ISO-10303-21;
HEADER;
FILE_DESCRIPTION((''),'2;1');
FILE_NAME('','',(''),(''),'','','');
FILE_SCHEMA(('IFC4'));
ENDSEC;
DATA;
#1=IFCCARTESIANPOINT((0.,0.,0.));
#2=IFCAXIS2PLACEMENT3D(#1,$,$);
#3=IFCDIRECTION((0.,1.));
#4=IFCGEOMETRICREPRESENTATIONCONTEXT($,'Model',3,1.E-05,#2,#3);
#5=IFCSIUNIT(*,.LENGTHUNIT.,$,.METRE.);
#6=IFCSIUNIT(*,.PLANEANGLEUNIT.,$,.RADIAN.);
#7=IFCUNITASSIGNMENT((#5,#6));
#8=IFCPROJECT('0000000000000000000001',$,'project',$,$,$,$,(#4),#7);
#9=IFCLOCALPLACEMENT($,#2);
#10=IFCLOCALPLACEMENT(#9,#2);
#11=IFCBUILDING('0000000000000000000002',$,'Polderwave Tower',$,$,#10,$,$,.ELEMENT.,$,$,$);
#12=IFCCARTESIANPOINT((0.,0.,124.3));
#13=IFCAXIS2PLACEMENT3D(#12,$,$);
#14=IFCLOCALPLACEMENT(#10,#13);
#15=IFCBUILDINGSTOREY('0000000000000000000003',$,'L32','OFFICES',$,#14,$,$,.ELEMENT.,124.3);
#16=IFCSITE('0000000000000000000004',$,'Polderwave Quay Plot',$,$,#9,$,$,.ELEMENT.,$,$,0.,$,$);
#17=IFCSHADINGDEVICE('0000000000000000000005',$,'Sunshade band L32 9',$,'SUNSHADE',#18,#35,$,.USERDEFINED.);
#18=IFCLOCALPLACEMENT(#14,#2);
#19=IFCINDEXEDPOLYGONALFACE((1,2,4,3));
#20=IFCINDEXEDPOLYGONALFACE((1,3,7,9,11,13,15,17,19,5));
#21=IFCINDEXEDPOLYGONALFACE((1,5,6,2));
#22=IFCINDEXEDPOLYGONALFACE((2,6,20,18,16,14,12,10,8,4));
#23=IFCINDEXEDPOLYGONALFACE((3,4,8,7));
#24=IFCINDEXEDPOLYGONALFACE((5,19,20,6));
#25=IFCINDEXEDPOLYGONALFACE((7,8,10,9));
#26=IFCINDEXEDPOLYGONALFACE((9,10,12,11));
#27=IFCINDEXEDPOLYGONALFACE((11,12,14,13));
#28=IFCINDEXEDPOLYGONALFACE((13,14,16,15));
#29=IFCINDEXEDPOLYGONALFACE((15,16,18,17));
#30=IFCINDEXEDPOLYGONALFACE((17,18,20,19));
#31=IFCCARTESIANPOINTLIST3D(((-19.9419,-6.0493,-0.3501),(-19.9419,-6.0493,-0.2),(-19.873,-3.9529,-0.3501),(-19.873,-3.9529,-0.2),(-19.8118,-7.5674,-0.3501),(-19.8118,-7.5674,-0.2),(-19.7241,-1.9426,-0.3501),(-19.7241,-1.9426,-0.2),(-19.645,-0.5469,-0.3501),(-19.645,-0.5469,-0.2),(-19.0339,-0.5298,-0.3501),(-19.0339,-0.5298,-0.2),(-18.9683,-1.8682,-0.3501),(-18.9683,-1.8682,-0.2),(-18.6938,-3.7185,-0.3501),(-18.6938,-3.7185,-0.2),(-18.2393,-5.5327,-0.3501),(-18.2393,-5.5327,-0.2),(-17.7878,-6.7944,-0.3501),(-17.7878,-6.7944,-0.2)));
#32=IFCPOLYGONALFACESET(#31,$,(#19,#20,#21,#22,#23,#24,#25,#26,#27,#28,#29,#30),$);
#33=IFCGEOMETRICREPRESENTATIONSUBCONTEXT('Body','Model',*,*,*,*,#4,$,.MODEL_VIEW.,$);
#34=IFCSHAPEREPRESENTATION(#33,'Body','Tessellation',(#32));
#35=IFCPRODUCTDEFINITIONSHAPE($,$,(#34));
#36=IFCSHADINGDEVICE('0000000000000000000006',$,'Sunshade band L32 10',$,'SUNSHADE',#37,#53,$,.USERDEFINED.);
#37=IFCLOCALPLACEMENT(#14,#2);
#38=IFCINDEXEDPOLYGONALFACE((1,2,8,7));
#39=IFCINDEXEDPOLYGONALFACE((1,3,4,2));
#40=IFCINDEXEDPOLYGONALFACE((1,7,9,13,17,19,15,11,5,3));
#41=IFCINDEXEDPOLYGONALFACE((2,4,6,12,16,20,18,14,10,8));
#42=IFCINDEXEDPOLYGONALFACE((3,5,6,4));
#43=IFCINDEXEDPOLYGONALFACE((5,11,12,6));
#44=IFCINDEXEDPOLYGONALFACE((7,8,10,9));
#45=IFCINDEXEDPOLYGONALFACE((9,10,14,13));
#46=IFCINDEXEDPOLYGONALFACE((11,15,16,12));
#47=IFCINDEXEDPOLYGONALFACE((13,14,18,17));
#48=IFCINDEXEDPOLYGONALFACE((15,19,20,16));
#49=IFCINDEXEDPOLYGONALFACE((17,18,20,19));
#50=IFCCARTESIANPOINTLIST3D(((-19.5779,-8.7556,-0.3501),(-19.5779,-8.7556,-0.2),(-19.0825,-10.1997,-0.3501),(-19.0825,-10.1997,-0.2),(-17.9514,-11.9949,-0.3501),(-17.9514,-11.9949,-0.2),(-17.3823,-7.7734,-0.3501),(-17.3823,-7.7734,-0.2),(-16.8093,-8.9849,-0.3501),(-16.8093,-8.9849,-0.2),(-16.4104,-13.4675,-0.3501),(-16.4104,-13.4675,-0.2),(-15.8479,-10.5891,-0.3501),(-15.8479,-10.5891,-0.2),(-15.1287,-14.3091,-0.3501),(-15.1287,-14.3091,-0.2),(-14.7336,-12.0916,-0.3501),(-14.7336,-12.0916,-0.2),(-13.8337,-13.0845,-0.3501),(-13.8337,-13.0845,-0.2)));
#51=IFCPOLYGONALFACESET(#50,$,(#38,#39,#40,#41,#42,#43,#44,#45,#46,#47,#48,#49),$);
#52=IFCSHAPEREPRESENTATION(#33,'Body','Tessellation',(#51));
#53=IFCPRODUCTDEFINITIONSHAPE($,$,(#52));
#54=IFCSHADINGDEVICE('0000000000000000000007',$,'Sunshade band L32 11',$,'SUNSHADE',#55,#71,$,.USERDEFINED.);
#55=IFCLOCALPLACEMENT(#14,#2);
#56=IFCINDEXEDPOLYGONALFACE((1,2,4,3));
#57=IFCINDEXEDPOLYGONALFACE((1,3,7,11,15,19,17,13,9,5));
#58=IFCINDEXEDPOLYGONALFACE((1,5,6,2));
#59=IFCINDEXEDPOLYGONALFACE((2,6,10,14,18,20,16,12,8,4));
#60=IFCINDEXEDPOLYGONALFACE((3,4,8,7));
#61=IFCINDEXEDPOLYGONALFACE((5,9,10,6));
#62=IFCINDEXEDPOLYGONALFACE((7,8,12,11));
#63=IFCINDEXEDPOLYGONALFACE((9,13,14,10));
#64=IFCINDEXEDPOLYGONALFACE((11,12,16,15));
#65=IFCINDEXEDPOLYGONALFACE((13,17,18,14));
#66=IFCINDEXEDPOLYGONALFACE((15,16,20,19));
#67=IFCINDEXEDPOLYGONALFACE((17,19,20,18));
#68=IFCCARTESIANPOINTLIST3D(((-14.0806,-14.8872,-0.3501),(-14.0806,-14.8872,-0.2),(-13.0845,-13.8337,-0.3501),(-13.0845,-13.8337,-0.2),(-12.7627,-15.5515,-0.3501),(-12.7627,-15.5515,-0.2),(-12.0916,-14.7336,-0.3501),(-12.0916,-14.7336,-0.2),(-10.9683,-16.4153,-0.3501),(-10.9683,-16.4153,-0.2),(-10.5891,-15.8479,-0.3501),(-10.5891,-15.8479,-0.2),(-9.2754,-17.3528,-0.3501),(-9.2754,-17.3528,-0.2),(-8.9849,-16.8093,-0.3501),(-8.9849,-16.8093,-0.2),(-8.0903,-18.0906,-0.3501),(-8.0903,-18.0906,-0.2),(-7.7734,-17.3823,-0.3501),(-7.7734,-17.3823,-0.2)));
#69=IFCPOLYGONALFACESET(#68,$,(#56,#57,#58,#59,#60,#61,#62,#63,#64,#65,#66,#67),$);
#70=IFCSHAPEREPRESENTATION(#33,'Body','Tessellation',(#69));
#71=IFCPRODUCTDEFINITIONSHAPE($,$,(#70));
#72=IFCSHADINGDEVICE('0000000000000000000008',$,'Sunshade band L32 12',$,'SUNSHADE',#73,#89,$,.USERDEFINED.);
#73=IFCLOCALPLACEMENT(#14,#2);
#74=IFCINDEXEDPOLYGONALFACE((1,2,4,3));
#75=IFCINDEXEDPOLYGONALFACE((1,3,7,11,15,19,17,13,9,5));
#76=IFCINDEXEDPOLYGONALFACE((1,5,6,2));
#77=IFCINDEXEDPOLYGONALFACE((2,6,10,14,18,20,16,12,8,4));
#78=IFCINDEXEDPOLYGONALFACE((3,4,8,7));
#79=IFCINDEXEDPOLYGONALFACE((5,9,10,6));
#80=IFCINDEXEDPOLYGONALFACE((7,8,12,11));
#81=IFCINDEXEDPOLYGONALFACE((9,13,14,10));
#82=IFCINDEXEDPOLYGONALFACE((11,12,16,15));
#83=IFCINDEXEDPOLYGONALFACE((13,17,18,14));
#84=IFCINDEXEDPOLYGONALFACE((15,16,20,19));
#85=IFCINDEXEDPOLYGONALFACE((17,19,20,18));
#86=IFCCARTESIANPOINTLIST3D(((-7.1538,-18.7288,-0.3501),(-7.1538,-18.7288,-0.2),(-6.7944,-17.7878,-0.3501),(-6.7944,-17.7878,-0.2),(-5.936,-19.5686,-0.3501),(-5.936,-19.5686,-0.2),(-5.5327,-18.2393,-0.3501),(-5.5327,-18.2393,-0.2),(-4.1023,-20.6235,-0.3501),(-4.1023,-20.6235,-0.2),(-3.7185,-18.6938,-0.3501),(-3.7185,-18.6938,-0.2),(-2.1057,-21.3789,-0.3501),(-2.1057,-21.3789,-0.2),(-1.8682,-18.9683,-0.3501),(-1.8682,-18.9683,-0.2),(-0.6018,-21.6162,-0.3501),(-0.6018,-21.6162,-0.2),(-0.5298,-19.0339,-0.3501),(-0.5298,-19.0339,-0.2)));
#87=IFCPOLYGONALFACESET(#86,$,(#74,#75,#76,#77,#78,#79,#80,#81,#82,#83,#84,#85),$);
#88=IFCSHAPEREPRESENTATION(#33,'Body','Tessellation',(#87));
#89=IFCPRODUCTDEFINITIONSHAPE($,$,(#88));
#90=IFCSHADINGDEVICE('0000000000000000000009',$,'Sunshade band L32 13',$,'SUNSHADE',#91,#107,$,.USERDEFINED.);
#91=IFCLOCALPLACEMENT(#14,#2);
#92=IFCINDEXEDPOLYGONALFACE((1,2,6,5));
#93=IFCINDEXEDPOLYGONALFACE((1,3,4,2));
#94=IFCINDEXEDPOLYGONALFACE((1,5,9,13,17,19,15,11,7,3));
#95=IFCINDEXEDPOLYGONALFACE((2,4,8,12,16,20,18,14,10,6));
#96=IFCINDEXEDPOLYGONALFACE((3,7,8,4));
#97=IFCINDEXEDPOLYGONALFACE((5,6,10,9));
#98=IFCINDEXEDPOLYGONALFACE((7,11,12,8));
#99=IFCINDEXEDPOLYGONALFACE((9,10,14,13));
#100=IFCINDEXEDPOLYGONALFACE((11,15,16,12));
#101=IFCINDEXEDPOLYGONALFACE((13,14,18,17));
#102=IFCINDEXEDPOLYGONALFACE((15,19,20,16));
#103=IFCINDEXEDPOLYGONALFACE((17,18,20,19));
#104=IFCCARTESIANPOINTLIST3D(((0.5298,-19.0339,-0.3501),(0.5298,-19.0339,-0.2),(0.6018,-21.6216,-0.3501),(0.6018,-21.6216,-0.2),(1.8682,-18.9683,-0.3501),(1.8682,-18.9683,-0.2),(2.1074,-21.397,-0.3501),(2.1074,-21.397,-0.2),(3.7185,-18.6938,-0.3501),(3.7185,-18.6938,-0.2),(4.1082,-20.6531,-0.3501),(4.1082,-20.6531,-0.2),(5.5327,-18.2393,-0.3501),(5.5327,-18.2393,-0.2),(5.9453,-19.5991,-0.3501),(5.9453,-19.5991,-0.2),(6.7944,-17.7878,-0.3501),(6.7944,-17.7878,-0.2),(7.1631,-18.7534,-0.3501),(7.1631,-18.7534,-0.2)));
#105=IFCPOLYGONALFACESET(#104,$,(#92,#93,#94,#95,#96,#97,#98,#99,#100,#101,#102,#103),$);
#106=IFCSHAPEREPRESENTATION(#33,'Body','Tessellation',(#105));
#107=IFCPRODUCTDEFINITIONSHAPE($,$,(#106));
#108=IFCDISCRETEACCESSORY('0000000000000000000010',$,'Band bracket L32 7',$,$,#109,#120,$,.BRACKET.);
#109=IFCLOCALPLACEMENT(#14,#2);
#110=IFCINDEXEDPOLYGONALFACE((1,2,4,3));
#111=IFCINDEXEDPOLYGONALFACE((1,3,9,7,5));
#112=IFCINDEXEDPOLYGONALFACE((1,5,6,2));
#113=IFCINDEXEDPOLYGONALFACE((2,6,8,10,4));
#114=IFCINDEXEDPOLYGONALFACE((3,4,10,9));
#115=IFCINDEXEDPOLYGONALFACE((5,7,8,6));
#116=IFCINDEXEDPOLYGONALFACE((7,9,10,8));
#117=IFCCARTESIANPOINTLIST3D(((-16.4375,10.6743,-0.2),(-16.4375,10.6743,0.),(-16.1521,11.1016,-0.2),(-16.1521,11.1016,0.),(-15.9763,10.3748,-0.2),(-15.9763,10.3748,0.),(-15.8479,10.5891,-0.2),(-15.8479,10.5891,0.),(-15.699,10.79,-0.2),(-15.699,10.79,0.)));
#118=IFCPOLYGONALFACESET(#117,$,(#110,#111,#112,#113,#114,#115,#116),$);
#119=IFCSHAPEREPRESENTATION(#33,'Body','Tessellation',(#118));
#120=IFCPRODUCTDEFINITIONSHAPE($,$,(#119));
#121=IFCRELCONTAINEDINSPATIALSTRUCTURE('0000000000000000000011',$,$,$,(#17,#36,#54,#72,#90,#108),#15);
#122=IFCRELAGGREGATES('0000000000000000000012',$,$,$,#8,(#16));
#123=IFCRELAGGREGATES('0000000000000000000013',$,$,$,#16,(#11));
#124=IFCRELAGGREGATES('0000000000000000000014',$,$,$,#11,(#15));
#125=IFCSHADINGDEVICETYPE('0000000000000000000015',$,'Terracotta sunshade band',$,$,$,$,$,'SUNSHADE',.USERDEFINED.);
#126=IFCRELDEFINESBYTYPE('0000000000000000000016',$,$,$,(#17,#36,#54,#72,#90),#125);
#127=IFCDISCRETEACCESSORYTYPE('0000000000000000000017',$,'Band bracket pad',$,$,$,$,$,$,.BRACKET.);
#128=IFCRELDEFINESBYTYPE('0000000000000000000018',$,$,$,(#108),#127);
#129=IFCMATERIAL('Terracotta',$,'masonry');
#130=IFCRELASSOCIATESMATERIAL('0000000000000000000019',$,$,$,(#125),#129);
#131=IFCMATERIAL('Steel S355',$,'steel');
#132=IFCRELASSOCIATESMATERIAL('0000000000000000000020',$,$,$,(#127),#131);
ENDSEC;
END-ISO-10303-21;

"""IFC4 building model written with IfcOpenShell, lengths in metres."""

from ifc_helpers import new_model, si_unit, direction, frame, origin, place, context, subcontext, project, spatial, polyline, outline, extrude, material, type_object, element, save


model = new_model("IFC4")

# Units and contexts
model_context = context("Model", 3, precision=1e-05, world=origin(), true_north=direction((0.0, 1.0)))
body_context = subcontext(model_context, "Body", "Model", "MODEL_VIEW")
ifc_project = project(units=[si_unit("LENGTHUNIT", "METRE"), si_unit("PLANEANGLEUNIT", "RADIAN")], contexts=[model_context])

# Site, building, storey
site_placement = place(None, origin())
site = spatial("IfcSite", under=ifc_project, at=site_placement, Name="Polderwave Quay Plot", CompositionType="ELEMENT", RefElevation=0.0)
building_placement = place(site_placement, origin())
building = spatial("IfcBuilding", under=site, at=building_placement, Name="Polderwave Tower", CompositionType="ELEMENT")
storey_placement = place(building_placement, frame((0.0, 0.0, 124.3)))
storey = spatial("IfcBuildingStorey", under=building, at=storey_placement, Name="L32", Description="OFFICES", CompositionType="ELEMENT", Elevation=124.3)

# Shading devices
ifc_material_1 = material(Name="Terracotta", Category="masonry")
shading_device_type = type_object("IfcShadingDeviceType", Name="Terracotta sunshade band", ElementType="SUNSHADE", PredefinedType="USERDEFINED", material=ifc_material_1)
shading_device_1_placement = place(storey_placement, frame((0.0, 0.0, -0.3501)))
element("IfcShadingDevice", 1, at=shading_device_1_placement, inside=storey, type_object=shading_device_type, Name="Sunshade band L32 9", ObjectType="SUNSHADE", PredefinedType="USERDEFINED", context=body_context, shape_type="SweptSolid", body=[
    extrude(outline(polyline([(-19.0339, -0.5298), (-18.9683, -1.8682), (-18.6938, -3.7185), (-18.2393, -5.5327), (-17.7878, -6.7944), (-19.8118, -7.5674), (-19.9419, -6.0493), (-19.873, -3.9529), (-19.7241, -1.9426), (-19.645, -0.5469), (-19.0339, -0.5298)])), origin(), (0.0, 0.0, 1.0), 0.1501),
])
shading_device_2_placement = place(storey_placement, frame((0.0, 0.0, -0.3501)))
element("IfcShadingDevice", 2, at=shading_device_2_placement, inside=storey, type_object=shading_device_type, Name="Sunshade band L32 10", ObjectType="SUNSHADE", PredefinedType="USERDEFINED", context=body_context, shape_type="SweptSolid", body=[
    extrude(outline(polyline([(-17.3823, -7.7734), (-16.8093, -8.9849), (-15.8479, -10.5891), (-14.7336, -12.0916), (-13.8337, -13.0845), (-15.1287, -14.3091), (-16.4104, -13.4675), (-17.9514, -11.9949), (-19.0825, -10.1997), (-19.5779, -8.7556), (-17.3823, -7.7734)])), origin(), (0.0, 0.0, 1.0), 0.1501),
])
shading_device_3_placement = place(storey_placement, frame((0.0, 0.0, -0.3501)))
element("IfcShadingDevice", 3, at=shading_device_3_placement, inside=storey, type_object=shading_device_type, Name="Sunshade band L32 11", ObjectType="SUNSHADE", PredefinedType="USERDEFINED", context=body_context, shape_type="SweptSolid", body=[
    extrude(outline(polyline([(-13.0845, -13.8337), (-12.0916, -14.7336), (-10.5891, -15.8479), (-8.9849, -16.8093), (-7.7734, -17.3823), (-8.0903, -18.0906), (-9.2754, -17.3528), (-10.9683, -16.4153), (-12.7627, -15.5515), (-14.0806, -14.8872), (-13.0845, -13.8337)])), origin(), (0.0, 0.0, 1.0), 0.1501),
])
shading_device_4_placement = place(storey_placement, frame((0.0, 0.0, -0.3501)))
element("IfcShadingDevice", 4, at=shading_device_4_placement, inside=storey, type_object=shading_device_type, Name="Sunshade band L32 12", ObjectType="SUNSHADE", PredefinedType="USERDEFINED", context=body_context, shape_type="SweptSolid", body=[
    extrude(outline(polyline([(-6.7944, -17.7878), (-5.5327, -18.2393), (-3.7185, -18.6938), (-1.8682, -18.9683), (-0.5298, -19.0339), (-0.6018, -21.6162), (-2.1057, -21.3789), (-4.1023, -20.6235), (-5.936, -19.5686), (-7.1538, -18.7288), (-6.7944, -17.7878)])), origin(), (0.0, 0.0, 1.0), 0.1501),
])
shading_device_5_placement = place(storey_placement, frame((0.0, 0.0, -0.3501)))
element("IfcShadingDevice", 5, at=shading_device_5_placement, inside=storey, type_object=shading_device_type, Name="Sunshade band L32 13", ObjectType="SUNSHADE", PredefinedType="USERDEFINED", context=body_context, shape_type="SweptSolid", body=[
    extrude(outline(polyline([(0.5298, -19.0339), (1.8682, -18.9683), (3.7185, -18.6938), (5.5327, -18.2393), (6.7944, -17.7878), (7.1631, -18.7534), (5.9453, -19.5991), (4.1082, -20.6531), (2.1074, -21.397), (0.6018, -21.6216), (0.5298, -19.0339)])), origin(), (0.0, 0.0, 1.0), 0.1501),
])

# Discrete accessory
ifc_material_2 = material(Name="Steel S355", Category="steel")
discrete_accessory_type = type_object("IfcDiscreteAccessoryType", Name="Band bracket pad", PredefinedType="BRACKET", material=ifc_material_2)
discrete_accessory_placement = place(storey_placement, frame((0.0, 0.0, -0.2)))
element("IfcDiscreteAccessory", 6, at=discrete_accessory_placement, inside=storey, type_object=discrete_accessory_type, Name="Band bracket L32 7", PredefinedType="BRACKET", context=body_context, shape_type="SweptSolid", body=[
    extrude(outline(polyline([(-15.699, 10.79), (-15.8479, 10.5891), (-15.9763, 10.3748), (-16.4375, 10.6743), (-16.1521, 11.1016), (-15.699, 10.79)])), origin(), (0.0, 0.0, 1.0), 0.2),
])

save(model, "model.ifc")
